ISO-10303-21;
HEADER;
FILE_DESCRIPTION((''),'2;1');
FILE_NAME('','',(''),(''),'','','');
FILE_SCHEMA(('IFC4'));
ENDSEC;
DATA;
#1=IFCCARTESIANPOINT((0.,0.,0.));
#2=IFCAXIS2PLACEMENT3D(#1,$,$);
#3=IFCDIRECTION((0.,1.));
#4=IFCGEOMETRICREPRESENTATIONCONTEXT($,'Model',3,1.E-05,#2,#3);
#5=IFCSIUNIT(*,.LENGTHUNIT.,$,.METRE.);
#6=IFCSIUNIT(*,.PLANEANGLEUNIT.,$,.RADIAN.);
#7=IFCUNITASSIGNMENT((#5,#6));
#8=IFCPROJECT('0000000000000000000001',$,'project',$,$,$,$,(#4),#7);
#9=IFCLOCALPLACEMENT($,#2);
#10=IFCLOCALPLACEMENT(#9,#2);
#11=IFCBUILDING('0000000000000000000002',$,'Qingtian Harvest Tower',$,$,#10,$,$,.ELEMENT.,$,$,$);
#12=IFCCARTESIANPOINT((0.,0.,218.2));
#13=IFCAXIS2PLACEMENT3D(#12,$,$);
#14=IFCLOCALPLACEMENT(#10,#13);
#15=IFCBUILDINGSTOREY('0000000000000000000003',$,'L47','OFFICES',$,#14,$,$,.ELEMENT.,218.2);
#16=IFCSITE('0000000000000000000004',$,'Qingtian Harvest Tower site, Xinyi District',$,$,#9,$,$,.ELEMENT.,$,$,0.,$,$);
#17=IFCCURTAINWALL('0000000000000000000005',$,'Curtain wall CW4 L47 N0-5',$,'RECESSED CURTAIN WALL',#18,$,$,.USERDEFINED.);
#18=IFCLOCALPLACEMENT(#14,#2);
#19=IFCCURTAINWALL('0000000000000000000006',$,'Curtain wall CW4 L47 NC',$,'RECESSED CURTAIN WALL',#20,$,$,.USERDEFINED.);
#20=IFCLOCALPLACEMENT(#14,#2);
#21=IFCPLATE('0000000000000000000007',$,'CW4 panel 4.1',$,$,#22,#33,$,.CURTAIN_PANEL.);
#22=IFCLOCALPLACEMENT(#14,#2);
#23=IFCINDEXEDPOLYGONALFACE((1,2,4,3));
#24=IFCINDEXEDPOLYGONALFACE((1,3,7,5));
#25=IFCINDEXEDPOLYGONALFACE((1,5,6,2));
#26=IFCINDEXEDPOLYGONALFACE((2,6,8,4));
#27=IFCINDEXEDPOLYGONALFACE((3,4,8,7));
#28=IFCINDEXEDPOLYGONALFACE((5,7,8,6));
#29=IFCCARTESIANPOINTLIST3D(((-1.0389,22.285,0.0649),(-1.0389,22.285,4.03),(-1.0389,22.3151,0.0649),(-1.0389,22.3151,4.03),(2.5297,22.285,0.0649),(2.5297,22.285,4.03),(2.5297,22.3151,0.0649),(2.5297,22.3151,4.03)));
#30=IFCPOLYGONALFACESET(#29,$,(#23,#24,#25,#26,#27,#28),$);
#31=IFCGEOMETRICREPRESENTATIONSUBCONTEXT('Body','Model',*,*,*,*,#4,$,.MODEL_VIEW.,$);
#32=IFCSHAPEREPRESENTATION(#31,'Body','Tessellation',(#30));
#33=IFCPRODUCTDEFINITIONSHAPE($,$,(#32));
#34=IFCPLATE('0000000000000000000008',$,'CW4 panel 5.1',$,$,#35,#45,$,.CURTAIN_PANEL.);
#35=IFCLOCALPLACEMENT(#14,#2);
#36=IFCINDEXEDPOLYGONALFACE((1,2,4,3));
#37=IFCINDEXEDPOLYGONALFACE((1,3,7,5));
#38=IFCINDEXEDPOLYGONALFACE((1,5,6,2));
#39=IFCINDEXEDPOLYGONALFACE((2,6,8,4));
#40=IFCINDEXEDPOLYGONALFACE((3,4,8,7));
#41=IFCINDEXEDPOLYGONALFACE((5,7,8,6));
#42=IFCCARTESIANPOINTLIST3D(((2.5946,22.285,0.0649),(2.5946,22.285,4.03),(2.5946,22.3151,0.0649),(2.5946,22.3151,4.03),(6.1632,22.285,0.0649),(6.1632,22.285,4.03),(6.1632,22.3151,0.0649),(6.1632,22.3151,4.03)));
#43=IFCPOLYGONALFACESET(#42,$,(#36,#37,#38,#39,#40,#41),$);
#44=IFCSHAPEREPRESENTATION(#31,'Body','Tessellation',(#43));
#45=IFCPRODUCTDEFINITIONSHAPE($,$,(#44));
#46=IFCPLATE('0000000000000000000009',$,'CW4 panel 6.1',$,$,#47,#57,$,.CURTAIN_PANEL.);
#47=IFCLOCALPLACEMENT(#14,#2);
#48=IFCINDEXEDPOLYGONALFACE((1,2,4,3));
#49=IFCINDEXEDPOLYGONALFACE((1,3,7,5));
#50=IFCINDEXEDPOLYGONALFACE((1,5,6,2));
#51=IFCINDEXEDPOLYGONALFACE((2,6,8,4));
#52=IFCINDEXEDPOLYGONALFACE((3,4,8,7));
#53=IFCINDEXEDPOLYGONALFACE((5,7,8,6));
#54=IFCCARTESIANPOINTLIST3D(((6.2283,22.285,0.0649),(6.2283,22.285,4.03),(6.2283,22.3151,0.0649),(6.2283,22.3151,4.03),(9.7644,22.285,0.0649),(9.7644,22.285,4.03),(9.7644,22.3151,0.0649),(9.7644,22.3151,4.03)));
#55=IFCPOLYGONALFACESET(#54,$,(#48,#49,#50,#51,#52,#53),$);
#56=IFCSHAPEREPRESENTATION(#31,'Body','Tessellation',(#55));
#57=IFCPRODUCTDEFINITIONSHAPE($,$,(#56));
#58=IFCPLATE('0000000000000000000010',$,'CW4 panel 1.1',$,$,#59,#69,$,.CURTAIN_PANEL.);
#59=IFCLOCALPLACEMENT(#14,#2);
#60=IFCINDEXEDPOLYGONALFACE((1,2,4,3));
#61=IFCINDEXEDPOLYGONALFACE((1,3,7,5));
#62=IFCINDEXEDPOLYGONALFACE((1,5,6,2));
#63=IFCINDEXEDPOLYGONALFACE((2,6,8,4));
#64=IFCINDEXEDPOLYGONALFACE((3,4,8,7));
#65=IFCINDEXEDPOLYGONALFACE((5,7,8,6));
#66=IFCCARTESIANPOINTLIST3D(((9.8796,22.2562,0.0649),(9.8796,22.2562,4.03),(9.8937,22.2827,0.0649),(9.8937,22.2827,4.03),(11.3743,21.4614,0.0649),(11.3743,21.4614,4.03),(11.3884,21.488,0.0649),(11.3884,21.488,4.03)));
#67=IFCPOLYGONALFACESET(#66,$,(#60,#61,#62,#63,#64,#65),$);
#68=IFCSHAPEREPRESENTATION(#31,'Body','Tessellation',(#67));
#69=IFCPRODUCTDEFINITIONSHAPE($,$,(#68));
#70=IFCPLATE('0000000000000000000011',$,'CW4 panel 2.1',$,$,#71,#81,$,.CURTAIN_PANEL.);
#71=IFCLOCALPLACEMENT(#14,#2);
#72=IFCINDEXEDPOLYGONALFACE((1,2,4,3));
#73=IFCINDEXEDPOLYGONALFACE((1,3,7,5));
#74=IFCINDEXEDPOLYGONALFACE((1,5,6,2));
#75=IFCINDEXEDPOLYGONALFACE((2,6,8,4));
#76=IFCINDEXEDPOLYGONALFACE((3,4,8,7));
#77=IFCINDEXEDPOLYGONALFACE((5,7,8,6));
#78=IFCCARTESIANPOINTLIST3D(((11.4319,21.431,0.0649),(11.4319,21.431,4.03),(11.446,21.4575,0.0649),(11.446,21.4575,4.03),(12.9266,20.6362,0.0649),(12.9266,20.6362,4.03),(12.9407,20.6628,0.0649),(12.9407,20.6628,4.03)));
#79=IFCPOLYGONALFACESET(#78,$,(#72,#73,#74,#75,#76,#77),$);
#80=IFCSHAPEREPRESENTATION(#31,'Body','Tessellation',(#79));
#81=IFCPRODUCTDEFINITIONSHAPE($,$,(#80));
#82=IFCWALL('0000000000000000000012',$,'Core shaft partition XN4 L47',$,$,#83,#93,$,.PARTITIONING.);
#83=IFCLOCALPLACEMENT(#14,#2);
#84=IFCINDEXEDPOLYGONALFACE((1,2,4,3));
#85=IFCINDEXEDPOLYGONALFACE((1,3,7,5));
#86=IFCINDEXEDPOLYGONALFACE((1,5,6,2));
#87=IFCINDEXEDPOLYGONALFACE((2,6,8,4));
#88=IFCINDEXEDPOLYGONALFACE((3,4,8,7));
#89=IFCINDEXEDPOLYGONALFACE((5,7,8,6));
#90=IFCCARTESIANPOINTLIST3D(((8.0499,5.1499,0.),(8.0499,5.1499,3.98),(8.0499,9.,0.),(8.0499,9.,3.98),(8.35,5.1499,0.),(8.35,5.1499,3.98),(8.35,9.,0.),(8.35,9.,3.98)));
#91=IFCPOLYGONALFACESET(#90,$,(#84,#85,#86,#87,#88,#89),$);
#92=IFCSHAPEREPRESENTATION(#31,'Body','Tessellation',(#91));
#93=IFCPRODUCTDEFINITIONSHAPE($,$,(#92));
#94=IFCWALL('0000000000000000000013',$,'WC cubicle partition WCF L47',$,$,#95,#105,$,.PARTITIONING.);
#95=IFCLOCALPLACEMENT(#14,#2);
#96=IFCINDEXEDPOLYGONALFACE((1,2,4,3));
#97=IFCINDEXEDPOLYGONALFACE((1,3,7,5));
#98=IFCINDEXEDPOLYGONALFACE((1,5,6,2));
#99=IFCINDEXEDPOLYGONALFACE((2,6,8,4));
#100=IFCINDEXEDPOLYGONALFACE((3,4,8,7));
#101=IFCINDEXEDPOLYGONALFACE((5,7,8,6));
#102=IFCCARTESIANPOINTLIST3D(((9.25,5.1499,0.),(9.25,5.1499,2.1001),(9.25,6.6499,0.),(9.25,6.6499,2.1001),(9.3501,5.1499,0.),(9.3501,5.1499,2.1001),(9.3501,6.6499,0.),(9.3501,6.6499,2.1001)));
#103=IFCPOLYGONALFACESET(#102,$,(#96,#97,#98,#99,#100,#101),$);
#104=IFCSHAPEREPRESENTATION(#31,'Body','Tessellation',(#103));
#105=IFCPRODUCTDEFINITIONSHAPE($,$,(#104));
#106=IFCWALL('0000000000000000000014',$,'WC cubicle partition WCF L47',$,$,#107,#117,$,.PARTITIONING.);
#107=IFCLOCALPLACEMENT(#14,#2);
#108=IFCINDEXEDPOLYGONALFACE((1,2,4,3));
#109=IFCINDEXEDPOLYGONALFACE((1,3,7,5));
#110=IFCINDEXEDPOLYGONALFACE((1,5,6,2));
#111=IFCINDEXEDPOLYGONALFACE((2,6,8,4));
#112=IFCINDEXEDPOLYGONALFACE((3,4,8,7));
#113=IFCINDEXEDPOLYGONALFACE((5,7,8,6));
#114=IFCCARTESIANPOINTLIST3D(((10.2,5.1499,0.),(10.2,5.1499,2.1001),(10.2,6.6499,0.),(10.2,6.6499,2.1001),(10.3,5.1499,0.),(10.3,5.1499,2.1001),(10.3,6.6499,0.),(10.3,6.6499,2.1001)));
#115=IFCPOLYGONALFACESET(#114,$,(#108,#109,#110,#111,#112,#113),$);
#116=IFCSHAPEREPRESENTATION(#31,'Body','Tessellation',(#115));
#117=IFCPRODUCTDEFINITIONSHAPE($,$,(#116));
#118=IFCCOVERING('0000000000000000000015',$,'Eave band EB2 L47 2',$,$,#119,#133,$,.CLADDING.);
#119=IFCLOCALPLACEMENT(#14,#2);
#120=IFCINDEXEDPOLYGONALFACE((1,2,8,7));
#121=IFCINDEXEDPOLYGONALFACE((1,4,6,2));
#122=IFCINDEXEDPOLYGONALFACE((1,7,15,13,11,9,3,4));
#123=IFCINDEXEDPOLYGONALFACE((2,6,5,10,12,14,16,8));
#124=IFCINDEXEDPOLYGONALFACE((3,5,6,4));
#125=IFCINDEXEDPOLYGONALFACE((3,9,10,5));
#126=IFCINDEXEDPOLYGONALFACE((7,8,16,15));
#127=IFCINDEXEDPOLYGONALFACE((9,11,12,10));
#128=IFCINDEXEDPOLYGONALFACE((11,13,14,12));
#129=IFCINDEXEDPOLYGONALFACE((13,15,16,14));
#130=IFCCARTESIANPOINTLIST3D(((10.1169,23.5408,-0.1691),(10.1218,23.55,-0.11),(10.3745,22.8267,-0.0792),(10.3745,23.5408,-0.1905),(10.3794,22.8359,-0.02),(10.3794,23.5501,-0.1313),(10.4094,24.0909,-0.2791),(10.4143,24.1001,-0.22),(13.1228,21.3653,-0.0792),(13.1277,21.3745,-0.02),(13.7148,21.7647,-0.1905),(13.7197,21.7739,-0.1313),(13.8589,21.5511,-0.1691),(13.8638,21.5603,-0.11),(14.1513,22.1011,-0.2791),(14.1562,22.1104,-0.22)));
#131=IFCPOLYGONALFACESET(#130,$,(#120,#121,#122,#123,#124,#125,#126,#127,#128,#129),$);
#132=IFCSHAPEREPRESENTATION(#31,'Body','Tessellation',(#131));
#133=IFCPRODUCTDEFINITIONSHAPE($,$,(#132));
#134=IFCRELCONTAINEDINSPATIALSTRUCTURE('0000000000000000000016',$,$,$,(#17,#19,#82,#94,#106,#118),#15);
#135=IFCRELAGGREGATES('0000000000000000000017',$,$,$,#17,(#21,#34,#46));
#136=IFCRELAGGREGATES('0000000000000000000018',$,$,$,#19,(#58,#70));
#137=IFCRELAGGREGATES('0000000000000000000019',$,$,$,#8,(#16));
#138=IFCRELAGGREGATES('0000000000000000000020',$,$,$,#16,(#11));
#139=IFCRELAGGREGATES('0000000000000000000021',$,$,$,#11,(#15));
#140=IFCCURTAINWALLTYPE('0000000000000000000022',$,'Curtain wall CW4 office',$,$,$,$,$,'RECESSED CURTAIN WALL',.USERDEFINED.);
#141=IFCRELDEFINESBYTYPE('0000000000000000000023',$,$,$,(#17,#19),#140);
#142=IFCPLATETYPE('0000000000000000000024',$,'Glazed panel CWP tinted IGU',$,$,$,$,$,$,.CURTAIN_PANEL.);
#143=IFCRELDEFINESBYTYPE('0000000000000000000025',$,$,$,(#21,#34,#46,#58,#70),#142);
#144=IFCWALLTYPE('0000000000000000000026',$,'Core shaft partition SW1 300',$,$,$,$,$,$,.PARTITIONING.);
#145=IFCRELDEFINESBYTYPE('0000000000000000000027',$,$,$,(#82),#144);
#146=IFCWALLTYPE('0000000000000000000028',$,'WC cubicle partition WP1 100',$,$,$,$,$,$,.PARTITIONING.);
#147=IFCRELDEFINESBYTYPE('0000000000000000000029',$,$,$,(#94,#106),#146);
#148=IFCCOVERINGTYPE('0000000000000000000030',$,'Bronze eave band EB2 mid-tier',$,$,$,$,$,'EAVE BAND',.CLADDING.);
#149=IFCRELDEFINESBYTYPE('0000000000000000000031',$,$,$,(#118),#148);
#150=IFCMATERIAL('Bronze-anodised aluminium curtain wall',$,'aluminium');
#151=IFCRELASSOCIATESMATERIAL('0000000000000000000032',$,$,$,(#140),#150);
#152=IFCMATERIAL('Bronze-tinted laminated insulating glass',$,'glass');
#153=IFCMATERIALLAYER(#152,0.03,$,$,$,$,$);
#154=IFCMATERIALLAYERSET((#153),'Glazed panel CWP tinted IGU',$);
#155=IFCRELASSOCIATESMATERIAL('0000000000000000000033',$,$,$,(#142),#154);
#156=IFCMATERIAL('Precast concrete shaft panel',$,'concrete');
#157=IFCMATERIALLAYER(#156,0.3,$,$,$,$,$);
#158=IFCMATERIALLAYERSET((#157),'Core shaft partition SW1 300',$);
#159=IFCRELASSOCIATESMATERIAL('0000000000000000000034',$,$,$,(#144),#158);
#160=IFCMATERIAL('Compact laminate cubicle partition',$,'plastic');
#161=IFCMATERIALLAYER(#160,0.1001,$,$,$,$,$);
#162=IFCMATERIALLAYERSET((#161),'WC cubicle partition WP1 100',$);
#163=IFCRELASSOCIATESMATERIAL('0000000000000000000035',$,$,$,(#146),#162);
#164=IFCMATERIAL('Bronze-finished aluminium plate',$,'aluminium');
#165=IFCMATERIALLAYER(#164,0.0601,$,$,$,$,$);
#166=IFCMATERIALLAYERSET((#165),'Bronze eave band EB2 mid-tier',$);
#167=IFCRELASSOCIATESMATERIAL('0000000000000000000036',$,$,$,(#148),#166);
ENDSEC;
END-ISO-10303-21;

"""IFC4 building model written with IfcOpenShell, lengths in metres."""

from ifc_helpers import new_model, si_unit, direction, frame, frame_2d, origin, origin_2d, place, context, subcontext, project, spatial, polyline, rectangle, outline, extrude, material, layer, layer_set, type_object, element, aggregate, save


model = new_model("IFC4")

# Units and contexts
model_context = context("Model", 3, precision=1e-05, world=origin(), true_north=direction((0.0, 1.0)))
body_context = subcontext(model_context, "Body", "Model", "MODEL_VIEW")
ifc_project = project(units=[si_unit("LENGTHUNIT", "METRE"), si_unit("PLANEANGLEUNIT", "RADIAN")], contexts=[model_context])

# Site, building, storey
site_placement = place(None, origin())
site = spatial("IfcSite", under=ifc_project, at=site_placement, Name="Qingtian Harvest Tower site, Xinyi District", CompositionType="ELEMENT", RefElevation=0.0)
building_placement = place(site_placement, origin())
building = spatial("IfcBuilding", under=site, at=building_placement, Name="Qingtian Harvest Tower", CompositionType="ELEMENT")
storey_placement = place(building_placement, frame((0.0, 0.0, 218.2)))
storey = spatial("IfcBuildingStorey", under=building, at=storey_placement, Name="L47", Description="OFFICES", CompositionType="ELEMENT", Elevation=218.2)

# Curtain walls
ifc_material_1 = material(Name="Bronze-anodised aluminium curtain wall", Category="aluminium")
curtain_wall_type = type_object("IfcCurtainWallType", Name="Curtain wall CW4 office", ElementType="RECESSED CURTAIN WALL", PredefinedType="USERDEFINED", material=ifc_material_1)
curtain_wall_1_placement = place(storey_placement, origin())
curtain_wall_1 = element("IfcCurtainWall", 1, at=curtain_wall_1_placement, inside=storey, type_object=curtain_wall_type, Name="Curtain wall CW4 L47 N0-5", ObjectType="RECESSED CURTAIN WALL", PredefinedType="USERDEFINED")
curtain_wall_2_placement = place(storey_placement, origin())
curtain_wall_2 = element("IfcCurtainWall", 2, at=curtain_wall_2_placement, inside=storey, type_object=curtain_wall_type, Name="Curtain wall CW4 L47 NC", ObjectType="RECESSED CURTAIN WALL", PredefinedType="USERDEFINED")

# Plates
ifc_material_2 = material(Name="Bronze-tinted laminated insulating glass", Category="glass")
ifc_layer_1 = layer(ifc_material_2, 0.03)
ifc_layer_set_1 = layer_set([ifc_layer_1], Name="Glazed panel CWP tinted IGU")
plate_type = type_object("IfcPlateType", Name="Glazed panel CWP tinted IGU", PredefinedType="CURTAIN_PANEL", material=ifc_layer_set_1)
plate_1_placement = place(storey_placement, frame((0.7454, 22.3, 0.0649), z_axis=(0.0, 0.0, 1.0), x_axis=(1.0, 0.0, 0.0)))
plate_1 = element("IfcPlate", 3, at=plate_1_placement, type_object=plate_type, Name="CW4 panel 4.1", PredefinedType="CURTAIN_PANEL", context=body_context, shape_type="SweptSolid", body=[
    extrude(rectangle(XDim=3.5686, YDim=0.03, at=origin_2d()), origin(), (0.0, 0.0, 1.0), 3.9651),
])
plate_2_placement = place(storey_placement, frame((4.3789, 22.3, 0.0649), z_axis=(0.0, 0.0, 1.0), x_axis=(1.0, 0.0, 0.0)))
plate_2 = element("IfcPlate", 4, at=plate_2_placement, type_object=plate_type, Name="CW4 panel 5.1", PredefinedType="CURTAIN_PANEL", context=body_context, shape_type="SweptSolid", body=[
    extrude(rectangle(XDim=3.5686, YDim=0.03, at=origin_2d()), origin(), (0.0, 0.0, 1.0), 3.9651),
])
plate_3_placement = place(storey_placement, frame((7.9963, 22.3, 0.0649), z_axis=(0.0, 0.0, 1.0), x_axis=(1.0, 0.0, 0.0)))
plate_3 = element("IfcPlate", 5, at=plate_3_placement, type_object=plate_type, Name="CW4 panel 6.1", PredefinedType="CURTAIN_PANEL", context=body_context, shape_type="SweptSolid", body=[
    extrude(rectangle(XDim=3.5361, YDim=0.03, at=origin_2d()), origin(), (0.0, 0.0, 1.0), 3.9651),
])
aggregate(curtain_wall_1, [plate_1, plate_2, plate_3])
plate_4_placement = place(storey_placement, frame((10.634, 21.8721, 0.0649), z_axis=(0.0, 0.0, 1.0), x_axis=(0.882948, -0.469472, 0.0)))
plate_4 = element("IfcPlate", 6, at=plate_4_placement, type_object=plate_type, Name="CW4 panel 1.1", PredefinedType="CURTAIN_PANEL", context=body_context, shape_type="SweptSolid", body=[
    extrude(rectangle(XDim=1.6929, YDim=0.03, at=origin_2d()), origin(), (0.0, 0.0, 1.0), 3.9651),
])
plate_5_placement = place(storey_placement, frame((12.1863, 21.0469, 0.0649), z_axis=(0.0, 0.0, 1.0), x_axis=(0.882948, -0.469472, 0.0)))
plate_5 = element("IfcPlate", 7, at=plate_5_placement, type_object=plate_type, Name="CW4 panel 2.1", PredefinedType="CURTAIN_PANEL", context=body_context, shape_type="SweptSolid", body=[
    extrude(rectangle(XDim=1.6929, YDim=0.03, at=origin_2d()), origin(), (0.0, 0.0, 1.0), 3.9651),
])
aggregate(curtain_wall_2, [plate_4, plate_5])

# Walls
ifc_material_3 = material(Name="Precast concrete shaft panel", Category="concrete")
ifc_layer_2 = layer(ifc_material_3, 0.3)
ifc_layer_set_2 = layer_set([ifc_layer_2], Name="Core shaft partition SW1 300")
wall_type_1 = type_object("IfcWallType", Name="Core shaft partition SW1 300", PredefinedType="PARTITIONING", material=ifc_layer_set_2)
wall_placement = place(storey_placement, frame((8.2, 5.1499, 0.0), z_axis=(0.0, 0.0, 1.0), x_axis=(0.0, 1.0, 0.0)))
element("IfcWall", 8, at=wall_placement, inside=storey, type_object=wall_type_1, Name="Core shaft partition XN4 L47", PredefinedType="PARTITIONING", context=body_context, shape_type="SweptSolid", body=[
    extrude(rectangle(XDim=3.8501, YDim=0.3, at=frame_2d((1.925, 0.0))), origin(), (0.0, 0.0, 1.0), 3.98),
])
ifc_material_4 = material(Name="Compact laminate cubicle partition", Category="plastic")
ifc_layer_3 = layer(ifc_material_4, 0.1001)
ifc_layer_set_3 = layer_set([ifc_layer_3], Name="WC cubicle partition WP1 100")
wall_type_2 = type_object("IfcWallType", Name="WC cubicle partition WP1 100", PredefinedType="PARTITIONING", material=ifc_layer_set_3)
for number, where, z_axis, x_axis, name in (
    (9, (9.3, 5.1499, 0.0), (0.0, 0.0, 1.0), (0.0, 1.0, 0.0), "WC cubicle partition WCF L47"),
    (10, (10.25, 5.1499, 0.0), (0.0, 0.0, 1.0), (0.0, 1.0, 0.0), "WC cubicle partition WCF L47"),
):
    element("IfcWall", number, at=place(storey_placement, frame(where, z_axis=z_axis, x_axis=x_axis)), inside=storey, type_object=wall_type_2, Name=name, PredefinedType="PARTITIONING", context=body_context, shape_type="SweptSolid", body=[
        extrude(rectangle(XDim=1.5, YDim=0.1001, at=frame_2d((0.75, 0.0))), origin(), (0.0, 0.0, 1.0), 2.1001),
    ])

# Covering
ifc_material_5 = material(Name="Bronze-finished aluminium plate", Category="aluminium")
ifc_layer_4 = layer(ifc_material_5, 0.0601)
ifc_layer_set_4 = layer_set([ifc_layer_4], Name="Bronze eave band EB2 mid-tier")
covering_type = type_object("IfcCoveringType", Name="Bronze eave band EB2 mid-tier", ElementType="EAVE BAND", PredefinedType="CLADDING", material=ifc_layer_set_4)
covering_placement = place(storey_placement, frame((10.3794, 22.8359, -0.02), z_axis=(0.081627, 0.153508, 0.98477), x_axis=(0.000001, 0.988067, -0.154023)))
element("IfcCovering", 11, at=covering_placement, inside=storey, type_object=covering_type, Name="Eave band EB2 L47 2", PredefinedType="CLADDING", context=body_context, shape_type="SweptSolid", body=[
    extrude(outline(polyline([(0.0, 0.0), (0.7227, 0.0), (0.7194, 0.2584), (1.2799, -0.035), (-0.6861, -3.7895), (-1.2466, -3.496), (-1.0322, -3.3515), (-1.444, -2.7575), (0.0, 0.0)])), origin(), (0.0, 0.0, -1.0), 0.0601),
])

save(model, "model.ifc")
